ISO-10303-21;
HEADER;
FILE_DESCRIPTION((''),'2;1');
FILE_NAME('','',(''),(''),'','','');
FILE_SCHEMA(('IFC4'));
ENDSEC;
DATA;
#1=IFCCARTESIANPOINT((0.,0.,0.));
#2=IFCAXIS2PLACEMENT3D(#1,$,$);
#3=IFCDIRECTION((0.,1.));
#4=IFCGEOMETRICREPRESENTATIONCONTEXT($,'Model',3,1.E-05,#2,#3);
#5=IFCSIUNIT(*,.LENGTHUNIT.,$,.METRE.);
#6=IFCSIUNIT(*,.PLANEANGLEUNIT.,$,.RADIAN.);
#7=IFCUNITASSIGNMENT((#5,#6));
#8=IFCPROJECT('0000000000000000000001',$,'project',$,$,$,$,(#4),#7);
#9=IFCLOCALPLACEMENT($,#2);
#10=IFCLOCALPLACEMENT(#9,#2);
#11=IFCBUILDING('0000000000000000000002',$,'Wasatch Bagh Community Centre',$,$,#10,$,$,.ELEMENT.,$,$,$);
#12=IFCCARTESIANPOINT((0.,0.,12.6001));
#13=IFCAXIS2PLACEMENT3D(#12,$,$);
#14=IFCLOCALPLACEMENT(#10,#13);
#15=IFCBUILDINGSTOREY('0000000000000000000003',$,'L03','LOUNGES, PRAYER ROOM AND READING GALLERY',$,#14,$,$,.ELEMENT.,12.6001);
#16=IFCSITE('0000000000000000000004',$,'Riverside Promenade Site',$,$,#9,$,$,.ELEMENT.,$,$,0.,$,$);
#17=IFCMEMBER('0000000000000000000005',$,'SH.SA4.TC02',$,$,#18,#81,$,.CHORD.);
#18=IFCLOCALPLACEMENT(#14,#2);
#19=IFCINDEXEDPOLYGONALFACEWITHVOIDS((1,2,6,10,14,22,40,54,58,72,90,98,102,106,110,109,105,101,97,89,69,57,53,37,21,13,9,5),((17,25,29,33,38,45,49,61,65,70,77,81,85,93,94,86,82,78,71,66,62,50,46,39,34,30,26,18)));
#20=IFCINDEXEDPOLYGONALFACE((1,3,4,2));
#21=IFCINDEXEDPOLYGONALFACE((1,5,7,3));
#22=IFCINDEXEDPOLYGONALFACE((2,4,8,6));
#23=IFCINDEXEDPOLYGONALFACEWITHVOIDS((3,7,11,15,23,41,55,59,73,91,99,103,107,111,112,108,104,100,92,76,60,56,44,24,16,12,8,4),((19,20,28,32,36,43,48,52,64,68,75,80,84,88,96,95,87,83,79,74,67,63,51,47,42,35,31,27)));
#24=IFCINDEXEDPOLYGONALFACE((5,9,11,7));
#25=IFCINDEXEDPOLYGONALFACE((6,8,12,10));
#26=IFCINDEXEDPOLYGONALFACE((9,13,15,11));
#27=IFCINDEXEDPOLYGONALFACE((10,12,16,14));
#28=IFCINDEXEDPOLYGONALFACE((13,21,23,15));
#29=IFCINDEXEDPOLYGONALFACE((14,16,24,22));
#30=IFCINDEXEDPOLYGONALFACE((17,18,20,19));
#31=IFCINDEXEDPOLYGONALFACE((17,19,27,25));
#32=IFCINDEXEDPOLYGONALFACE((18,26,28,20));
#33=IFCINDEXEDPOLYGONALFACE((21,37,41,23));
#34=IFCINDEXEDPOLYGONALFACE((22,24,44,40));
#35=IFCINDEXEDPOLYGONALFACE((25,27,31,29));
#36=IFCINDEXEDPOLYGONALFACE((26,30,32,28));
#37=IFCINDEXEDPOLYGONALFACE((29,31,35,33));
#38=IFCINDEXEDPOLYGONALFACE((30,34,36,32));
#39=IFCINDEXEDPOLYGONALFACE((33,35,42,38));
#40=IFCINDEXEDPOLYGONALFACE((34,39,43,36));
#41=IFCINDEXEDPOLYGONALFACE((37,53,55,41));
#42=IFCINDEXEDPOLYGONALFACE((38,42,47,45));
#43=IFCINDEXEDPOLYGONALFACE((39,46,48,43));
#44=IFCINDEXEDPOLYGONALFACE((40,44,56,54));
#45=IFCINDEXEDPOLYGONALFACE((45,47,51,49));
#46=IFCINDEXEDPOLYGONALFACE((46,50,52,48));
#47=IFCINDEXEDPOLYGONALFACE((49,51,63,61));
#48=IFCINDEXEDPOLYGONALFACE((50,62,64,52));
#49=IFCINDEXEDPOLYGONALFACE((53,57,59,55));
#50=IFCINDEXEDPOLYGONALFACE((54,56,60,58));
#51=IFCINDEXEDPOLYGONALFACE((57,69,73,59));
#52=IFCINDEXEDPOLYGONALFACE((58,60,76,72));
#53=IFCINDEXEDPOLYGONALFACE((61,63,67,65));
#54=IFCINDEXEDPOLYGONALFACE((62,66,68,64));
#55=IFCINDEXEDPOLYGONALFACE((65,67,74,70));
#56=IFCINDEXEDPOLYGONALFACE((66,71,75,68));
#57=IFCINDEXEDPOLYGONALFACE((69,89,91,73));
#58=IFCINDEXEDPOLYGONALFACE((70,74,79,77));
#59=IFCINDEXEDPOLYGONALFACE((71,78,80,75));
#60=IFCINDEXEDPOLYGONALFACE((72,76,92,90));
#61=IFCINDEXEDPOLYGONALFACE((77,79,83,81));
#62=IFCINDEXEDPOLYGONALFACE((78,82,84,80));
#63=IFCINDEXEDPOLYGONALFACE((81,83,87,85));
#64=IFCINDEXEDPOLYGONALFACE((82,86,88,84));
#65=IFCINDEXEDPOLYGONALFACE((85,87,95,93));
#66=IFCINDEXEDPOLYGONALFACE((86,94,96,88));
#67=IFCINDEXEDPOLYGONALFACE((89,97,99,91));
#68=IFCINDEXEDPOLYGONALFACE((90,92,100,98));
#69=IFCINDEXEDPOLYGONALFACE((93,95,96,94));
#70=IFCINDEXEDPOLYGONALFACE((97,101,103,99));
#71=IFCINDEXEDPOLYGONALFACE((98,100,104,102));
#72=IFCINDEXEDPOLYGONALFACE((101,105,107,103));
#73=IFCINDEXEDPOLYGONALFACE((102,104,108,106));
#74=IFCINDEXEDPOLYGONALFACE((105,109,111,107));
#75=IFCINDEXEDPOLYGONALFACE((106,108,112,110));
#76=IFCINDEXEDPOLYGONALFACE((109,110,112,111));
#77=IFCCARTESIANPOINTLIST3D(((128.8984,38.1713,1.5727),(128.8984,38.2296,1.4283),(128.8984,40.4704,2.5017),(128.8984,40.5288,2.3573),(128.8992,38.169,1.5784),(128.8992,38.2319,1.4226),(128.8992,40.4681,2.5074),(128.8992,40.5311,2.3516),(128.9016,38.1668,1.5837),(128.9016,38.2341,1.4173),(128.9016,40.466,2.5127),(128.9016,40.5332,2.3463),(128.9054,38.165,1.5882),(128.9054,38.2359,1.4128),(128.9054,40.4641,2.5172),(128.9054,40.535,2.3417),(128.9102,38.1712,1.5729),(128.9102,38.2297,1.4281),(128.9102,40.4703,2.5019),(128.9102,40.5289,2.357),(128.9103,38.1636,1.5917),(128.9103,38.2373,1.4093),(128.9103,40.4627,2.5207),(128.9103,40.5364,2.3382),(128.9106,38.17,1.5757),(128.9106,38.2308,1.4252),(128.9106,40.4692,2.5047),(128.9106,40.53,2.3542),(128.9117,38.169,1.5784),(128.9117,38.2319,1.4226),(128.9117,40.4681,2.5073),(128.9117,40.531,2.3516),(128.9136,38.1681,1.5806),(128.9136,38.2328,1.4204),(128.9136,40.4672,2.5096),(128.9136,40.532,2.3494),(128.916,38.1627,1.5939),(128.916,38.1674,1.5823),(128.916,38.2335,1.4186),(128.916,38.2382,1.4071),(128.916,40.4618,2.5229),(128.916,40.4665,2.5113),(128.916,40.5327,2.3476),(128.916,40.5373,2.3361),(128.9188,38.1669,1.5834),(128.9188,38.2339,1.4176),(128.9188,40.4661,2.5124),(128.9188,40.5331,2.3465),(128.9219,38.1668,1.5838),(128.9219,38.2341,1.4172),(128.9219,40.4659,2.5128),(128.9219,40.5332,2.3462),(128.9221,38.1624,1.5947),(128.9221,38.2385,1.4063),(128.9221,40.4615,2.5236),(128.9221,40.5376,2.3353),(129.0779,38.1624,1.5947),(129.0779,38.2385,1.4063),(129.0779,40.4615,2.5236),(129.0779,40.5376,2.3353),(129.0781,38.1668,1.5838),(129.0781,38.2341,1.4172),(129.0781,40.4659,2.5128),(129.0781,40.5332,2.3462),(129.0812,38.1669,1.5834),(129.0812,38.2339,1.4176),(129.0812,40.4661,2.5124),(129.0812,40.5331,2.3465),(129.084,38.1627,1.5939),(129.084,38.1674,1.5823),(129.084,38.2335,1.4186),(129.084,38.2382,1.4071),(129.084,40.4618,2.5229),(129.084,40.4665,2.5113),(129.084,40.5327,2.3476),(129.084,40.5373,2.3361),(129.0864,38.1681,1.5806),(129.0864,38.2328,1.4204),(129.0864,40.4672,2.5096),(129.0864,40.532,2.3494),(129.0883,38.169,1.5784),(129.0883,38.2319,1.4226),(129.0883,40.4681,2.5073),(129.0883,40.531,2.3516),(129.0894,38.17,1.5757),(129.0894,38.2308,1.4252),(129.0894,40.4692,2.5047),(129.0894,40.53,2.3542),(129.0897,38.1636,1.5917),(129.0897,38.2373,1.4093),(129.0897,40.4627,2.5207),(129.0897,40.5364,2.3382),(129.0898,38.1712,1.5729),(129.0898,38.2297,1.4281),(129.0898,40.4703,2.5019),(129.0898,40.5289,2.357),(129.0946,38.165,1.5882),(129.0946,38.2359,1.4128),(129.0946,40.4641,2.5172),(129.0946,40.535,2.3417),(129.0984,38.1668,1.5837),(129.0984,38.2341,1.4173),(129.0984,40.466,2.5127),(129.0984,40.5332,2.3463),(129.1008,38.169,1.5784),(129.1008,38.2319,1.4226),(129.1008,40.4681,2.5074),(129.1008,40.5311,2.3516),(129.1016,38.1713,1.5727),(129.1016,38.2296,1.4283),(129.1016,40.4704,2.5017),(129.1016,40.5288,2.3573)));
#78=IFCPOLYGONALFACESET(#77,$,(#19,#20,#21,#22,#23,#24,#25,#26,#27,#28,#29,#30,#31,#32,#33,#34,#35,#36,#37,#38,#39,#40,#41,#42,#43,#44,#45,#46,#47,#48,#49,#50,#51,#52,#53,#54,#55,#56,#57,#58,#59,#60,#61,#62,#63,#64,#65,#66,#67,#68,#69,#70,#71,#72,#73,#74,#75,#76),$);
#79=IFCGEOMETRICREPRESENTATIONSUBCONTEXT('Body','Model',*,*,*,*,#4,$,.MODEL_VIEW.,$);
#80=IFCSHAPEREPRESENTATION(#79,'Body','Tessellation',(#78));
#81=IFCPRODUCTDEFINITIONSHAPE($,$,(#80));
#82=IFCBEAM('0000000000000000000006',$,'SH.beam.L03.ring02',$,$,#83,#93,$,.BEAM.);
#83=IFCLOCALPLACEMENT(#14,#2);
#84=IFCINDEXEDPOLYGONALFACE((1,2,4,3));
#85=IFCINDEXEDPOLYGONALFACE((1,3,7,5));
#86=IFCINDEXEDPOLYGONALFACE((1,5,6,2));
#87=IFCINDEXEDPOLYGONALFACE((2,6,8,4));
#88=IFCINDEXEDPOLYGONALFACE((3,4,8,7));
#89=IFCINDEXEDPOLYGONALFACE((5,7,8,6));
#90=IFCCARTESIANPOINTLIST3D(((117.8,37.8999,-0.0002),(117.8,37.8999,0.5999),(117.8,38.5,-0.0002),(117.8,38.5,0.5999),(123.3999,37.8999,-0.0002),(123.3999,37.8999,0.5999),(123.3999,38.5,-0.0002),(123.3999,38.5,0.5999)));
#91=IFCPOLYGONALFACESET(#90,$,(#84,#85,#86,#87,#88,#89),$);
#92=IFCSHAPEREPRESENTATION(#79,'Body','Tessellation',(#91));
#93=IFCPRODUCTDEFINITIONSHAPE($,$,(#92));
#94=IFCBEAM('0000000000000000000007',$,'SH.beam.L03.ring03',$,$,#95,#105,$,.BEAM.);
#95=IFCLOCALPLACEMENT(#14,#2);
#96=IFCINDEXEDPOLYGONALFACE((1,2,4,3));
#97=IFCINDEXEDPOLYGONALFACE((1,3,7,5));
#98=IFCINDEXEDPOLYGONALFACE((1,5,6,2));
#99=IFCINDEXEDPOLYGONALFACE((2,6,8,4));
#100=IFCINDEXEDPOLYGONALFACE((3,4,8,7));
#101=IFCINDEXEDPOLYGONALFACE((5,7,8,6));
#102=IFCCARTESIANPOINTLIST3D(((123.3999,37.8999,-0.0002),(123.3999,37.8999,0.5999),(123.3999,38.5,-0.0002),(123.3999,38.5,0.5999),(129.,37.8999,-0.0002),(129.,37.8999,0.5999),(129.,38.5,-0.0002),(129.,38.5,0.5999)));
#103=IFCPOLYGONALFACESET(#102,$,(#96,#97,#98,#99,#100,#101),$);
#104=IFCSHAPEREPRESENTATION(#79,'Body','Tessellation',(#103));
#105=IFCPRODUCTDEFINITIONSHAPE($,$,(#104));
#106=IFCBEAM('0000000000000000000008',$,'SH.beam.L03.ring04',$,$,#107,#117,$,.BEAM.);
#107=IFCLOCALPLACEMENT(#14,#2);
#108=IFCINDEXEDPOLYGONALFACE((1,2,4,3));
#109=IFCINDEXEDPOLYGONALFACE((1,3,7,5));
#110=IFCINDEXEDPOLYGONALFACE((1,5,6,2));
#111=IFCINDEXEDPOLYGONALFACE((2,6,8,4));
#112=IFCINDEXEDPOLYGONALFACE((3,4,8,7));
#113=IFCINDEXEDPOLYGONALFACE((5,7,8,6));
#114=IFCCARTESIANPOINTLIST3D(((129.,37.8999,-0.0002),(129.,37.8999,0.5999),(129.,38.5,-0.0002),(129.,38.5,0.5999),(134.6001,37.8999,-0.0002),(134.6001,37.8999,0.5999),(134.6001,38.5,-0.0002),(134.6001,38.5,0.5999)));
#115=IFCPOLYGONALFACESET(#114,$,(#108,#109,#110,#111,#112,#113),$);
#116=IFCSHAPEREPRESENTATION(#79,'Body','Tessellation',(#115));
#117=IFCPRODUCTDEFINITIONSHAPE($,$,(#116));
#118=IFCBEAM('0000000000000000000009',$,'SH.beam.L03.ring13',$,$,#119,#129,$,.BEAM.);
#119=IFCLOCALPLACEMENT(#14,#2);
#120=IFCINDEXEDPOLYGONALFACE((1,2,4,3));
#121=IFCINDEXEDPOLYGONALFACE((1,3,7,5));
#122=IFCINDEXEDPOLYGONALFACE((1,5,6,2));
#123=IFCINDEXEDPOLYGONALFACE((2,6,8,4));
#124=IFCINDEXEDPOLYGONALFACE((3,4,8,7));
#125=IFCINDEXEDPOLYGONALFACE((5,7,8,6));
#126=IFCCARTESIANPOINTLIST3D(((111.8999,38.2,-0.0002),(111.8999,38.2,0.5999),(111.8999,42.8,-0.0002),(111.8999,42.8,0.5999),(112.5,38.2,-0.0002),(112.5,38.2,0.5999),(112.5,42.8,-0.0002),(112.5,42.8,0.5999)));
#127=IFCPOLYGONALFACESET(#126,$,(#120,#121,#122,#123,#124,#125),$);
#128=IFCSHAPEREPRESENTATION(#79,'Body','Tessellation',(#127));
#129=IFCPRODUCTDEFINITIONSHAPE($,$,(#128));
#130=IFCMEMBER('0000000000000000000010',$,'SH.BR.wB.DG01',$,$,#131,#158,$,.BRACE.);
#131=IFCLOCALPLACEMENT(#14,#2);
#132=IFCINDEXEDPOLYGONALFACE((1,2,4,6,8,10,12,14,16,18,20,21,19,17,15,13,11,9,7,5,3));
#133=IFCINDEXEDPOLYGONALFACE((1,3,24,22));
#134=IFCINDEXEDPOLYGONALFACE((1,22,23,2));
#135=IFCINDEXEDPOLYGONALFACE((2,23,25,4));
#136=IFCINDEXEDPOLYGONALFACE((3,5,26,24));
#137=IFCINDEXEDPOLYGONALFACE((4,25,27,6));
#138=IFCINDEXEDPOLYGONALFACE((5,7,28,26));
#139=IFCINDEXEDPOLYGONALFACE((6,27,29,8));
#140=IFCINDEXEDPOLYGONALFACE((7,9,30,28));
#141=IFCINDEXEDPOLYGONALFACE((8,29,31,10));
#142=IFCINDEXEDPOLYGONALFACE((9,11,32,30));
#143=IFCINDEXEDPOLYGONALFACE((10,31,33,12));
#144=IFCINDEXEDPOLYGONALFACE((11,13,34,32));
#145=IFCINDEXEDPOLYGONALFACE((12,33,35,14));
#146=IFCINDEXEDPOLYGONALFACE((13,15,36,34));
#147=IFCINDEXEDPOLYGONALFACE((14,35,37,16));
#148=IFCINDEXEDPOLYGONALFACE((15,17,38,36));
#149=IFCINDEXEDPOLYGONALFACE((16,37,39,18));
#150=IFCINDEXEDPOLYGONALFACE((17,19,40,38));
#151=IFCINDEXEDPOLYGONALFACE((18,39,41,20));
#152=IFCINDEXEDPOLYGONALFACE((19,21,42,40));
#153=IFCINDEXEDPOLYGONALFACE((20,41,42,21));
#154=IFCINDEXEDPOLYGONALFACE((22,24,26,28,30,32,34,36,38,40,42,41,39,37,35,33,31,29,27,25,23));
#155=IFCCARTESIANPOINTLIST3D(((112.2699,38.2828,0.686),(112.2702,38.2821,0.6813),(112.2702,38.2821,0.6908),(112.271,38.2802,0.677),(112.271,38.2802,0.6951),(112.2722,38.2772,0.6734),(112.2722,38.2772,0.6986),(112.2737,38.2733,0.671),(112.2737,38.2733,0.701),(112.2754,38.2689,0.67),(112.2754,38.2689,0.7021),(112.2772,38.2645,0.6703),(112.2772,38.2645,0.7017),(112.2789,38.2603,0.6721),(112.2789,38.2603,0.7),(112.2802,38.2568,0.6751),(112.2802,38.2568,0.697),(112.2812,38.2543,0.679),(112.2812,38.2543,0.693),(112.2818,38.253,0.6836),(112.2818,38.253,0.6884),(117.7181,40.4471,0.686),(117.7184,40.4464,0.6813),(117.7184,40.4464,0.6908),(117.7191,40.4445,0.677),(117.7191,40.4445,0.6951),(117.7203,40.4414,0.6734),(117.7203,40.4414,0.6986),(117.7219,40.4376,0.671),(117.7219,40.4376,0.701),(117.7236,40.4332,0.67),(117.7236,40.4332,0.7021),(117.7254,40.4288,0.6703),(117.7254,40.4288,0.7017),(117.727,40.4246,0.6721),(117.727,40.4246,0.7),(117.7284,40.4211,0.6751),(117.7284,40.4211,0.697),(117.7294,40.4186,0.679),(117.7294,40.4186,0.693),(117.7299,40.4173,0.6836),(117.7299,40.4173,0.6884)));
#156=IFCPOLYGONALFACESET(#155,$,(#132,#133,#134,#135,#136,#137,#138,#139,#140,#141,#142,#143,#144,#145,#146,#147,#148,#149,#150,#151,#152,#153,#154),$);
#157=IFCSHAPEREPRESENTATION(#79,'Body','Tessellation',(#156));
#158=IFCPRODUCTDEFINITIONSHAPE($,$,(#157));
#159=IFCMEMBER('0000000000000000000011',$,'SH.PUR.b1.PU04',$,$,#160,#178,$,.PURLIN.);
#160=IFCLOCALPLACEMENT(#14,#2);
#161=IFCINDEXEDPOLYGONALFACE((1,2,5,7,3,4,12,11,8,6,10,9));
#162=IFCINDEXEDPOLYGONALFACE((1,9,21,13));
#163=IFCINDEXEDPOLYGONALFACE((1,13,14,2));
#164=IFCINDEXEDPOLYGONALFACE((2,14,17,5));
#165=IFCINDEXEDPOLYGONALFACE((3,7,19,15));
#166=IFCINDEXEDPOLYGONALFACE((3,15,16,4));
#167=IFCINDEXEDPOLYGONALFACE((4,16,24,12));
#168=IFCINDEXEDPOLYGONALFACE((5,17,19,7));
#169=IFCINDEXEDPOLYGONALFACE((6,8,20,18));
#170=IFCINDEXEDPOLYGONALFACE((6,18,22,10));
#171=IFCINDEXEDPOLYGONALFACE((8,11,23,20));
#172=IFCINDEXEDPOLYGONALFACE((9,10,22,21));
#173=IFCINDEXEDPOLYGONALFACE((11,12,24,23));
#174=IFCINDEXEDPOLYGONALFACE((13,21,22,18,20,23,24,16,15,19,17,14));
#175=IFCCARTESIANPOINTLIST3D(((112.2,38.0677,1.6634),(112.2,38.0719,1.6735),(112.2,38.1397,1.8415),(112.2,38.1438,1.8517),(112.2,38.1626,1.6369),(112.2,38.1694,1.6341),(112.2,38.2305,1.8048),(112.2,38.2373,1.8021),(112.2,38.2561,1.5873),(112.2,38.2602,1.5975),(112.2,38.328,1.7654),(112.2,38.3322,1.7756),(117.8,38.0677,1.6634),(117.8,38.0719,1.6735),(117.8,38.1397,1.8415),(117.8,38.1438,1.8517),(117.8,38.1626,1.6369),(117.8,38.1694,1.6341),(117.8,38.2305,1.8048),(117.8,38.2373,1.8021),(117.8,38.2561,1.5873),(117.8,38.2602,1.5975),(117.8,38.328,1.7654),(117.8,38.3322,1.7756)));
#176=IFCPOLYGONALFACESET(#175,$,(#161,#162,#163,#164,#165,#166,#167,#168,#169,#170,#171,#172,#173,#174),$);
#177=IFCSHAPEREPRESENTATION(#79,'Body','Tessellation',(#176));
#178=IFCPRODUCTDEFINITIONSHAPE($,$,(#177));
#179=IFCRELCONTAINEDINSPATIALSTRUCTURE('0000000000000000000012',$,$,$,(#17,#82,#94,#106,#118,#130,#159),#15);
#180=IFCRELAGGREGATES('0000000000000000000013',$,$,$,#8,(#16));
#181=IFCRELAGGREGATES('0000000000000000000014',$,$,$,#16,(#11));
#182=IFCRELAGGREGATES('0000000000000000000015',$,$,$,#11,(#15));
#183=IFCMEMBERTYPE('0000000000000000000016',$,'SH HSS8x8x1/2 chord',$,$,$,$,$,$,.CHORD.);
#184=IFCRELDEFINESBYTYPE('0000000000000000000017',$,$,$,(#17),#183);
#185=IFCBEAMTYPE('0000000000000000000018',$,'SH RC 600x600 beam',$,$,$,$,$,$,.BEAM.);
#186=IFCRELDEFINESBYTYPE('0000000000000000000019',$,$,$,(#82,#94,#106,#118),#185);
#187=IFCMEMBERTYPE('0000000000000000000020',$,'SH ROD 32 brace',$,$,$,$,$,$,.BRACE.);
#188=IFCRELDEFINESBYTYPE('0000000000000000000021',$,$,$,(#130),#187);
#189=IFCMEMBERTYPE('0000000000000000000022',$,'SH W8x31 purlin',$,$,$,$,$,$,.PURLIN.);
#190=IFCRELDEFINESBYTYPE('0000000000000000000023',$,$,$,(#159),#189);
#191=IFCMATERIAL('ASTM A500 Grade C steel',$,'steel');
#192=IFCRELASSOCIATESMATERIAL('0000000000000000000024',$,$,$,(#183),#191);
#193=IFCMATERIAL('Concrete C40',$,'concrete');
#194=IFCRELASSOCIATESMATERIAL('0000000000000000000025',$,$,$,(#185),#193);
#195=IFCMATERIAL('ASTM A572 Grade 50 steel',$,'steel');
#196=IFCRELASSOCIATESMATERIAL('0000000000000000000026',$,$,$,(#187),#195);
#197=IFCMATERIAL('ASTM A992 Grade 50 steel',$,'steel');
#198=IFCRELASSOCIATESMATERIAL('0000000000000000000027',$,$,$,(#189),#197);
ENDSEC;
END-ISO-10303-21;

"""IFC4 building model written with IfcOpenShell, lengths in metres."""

from ifc_helpers import new_model, si_unit, direction, frame, origin, origin_2d, place, context, subcontext, project, spatial, rectangle, hollow_rectangle, circle, i_section, extrude, material, material_profile, profile_set, type_object, element, save


model = new_model("IFC4")

# Units and contexts
model_context = context("Model", 3, precision=1e-05, world=origin(), true_north=direction((0.0, 1.0)))
body_context = subcontext(model_context, "Body", "Model", "MODEL_VIEW")
ifc_project = project(units=[si_unit("LENGTHUNIT", "METRE"), si_unit("PLANEANGLEUNIT", "RADIAN")], contexts=[model_context])

# Site, building, storey
site_placement = place(None, origin())
site = spatial("IfcSite", under=ifc_project, at=site_placement, Name="Riverside Promenade Site", CompositionType="ELEMENT", RefElevation=0.0)
building_placement = place(site_placement, origin())
building = spatial("IfcBuilding", under=site, at=building_placement, Name="Wasatch Bagh Community Centre", CompositionType="ELEMENT")
storey_placement = place(building_placement, frame((0.0, 0.0, 12.6001)))
storey = spatial("IfcBuildingStorey", under=building, at=storey_placement, Name="L03", Description="LOUNGES, PRAYER ROOM AND READING GALLERY", CompositionType="ELEMENT", Elevation=12.6001)

# Member
ifc_material_1 = material(Name="ASTM A500 Grade C steel", Category="steel")
ifc_material_profile_1 = material_profile(ifc_material_1, hollow_rectangle(XDim=0.2031, YDim=0.2031, WallThickness=0.0117, InnerFilletRadius=0.0117, OuterFilletRadius=0.0237, at=origin_2d()), Name="HSS8x8x1/2")
ifc_profile_set_1 = profile_set([ifc_material_profile_1], Name="ASTM A500 Grade C steel")
member_type_1 = type_object("IfcMemberType", Name="SH HSS8x8x1/2 chord", PredefinedType="CHORD", material=ifc_profile_set_1)
for number, where, z_axis, x_axis, name in (
    (1, (129.0, 38.2004, 1.5005), (0.0, 0.927174, 0.374631), (-1.0, 0.0, 0.0), "SH.SA4.TC02"),
):
    element("IfcMember", number, at=place(storey_placement, frame(where, z_axis=z_axis, x_axis=x_axis)), inside=storey, type_object=member_type_1, Name=name, PredefinedType="CHORD", context=body_context, shape_type="SweptSolid", body=[
        extrude(hollow_rectangle(XDim=0.2031, YDim=0.2031, WallThickness=0.0117, InnerFilletRadius=0.0117, OuterFilletRadius=0.0237, at=origin_2d()), origin(), (0.0, 0.0, 1.0), 2.4797),
    ])

# Beams
ifc_material_2 = material(Name="Concrete C40", Category="concrete")
ifc_material_profile_2 = material_profile(ifc_material_2, rectangle(XDim=0.6001, YDim=0.6001, at=origin_2d()), Name="RC 600x600")
ifc_profile_set_2 = profile_set([ifc_material_profile_2], Name="Concrete C40")
beam_type = type_object("IfcBeamType", Name="SH RC 600x600 beam", PredefinedType="BEAM", material=ifc_profile_set_2)
beam_1_placement = place(storey_placement, frame((117.8, 38.2, 0.2998), z_axis=(1.0, 0.0, 0.0), x_axis=(0.0, 1.0, 0.0)))
element("IfcBeam", 2, at=beam_1_placement, inside=storey, type_object=beam_type, Name="SH.beam.L03.ring02", PredefinedType="BEAM", context=body_context, shape_type="SweptSolid", body=[
    extrude(rectangle(XDim=0.6001, YDim=0.6001, at=origin_2d()), origin(), (0.0, 0.0, 1.0), 5.5999),
])
for number, where, z_axis, x_axis, name in (
    (3, (123.3999, 38.2, 0.2998), (1.0, 0.0, 0.0), (0.0, 1.0, 0.0), "SH.beam.L03.ring03"),
    (4, (129.0, 38.2, 0.2998), (1.0, 0.0, 0.0), (0.0, 1.0, 0.0), "SH.beam.L03.ring04"),
):
    element("IfcBeam", number, at=place(storey_placement, frame(where, z_axis=z_axis, x_axis=x_axis)), inside=storey, type_object=beam_type, Name=name, PredefinedType="BEAM", context=body_context, shape_type="SweptSolid", body=[
        extrude(rectangle(XDim=0.6001, YDim=0.6001, at=origin_2d()), origin(), (0.0, 0.0, 1.0), 5.6001),
    ])
beam_2_placement = place(storey_placement, frame((112.2, 38.2, 0.2998), z_axis=(0.0, 1.0, 0.0), x_axis=(-1.0, 0.0, 0.0)))
element("IfcBeam", 5, at=beam_2_placement, inside=storey, type_object=beam_type, Name="SH.beam.L03.ring13", PredefinedType="BEAM", context=body_context, shape_type="SweptSolid", body=[
    extrude(rectangle(XDim=0.6001, YDim=0.6001, at=origin_2d()), origin(), (0.0, 0.0, 1.0), 4.6001),
])

# Members
ifc_material_3 = material(Name="ASTM A572 Grade 50 steel", Category="steel")
ifc_material_profile_3 = material_profile(ifc_material_3, circle(Radius=0.0161, at=origin_2d()), Name="ROD 32")
ifc_profile_set_3 = profile_set([ifc_material_profile_3], Name="ASTM A572 Grade 50 steel")
member_type_2 = type_object("IfcMemberType", Name="SH ROD 32 brace", PredefinedType="BRACE", material=ifc_profile_set_3)
member_1_placement = place(storey_placement, frame((112.2759, 38.2678, 0.686), z_axis=(0.929356, 0.369185, 0.0), x_axis=(-0.369185, 0.929356, 0.0)))
element("IfcMember", 6, at=member_1_placement, inside=storey, type_object=member_type_2, Name="SH.BR.wB.DG01", PredefinedType="BRACE", context=body_context, shape_type="SweptSolid", body=[
    extrude(circle(Radius=0.0161, at=origin_2d()), origin(), (0.0, 0.0, 1.0), 5.8623),
])
ifc_material_4 = material(Name="ASTM A992 Grade 50 steel", Category="steel")
ifc_material_profile_4 = material_profile(ifc_material_4, i_section(OverallWidth=0.2031, OverallDepth=0.2031, WebThickness=0.0073, FlangeThickness=0.011, at=origin_2d()), Name="W8x31")
ifc_profile_set_4 = profile_set([ifc_material_profile_4], Name="ASTM A992 Grade 50 steel")
member_type_3 = type_object("IfcMemberType", Name="SH W8x31 purlin", PredefinedType="PURLIN", material=ifc_profile_set_4)
member_2_placement = place(storey_placement, frame((112.2, 38.2, 1.7195), z_axis=(1.0, 0.0, 0.0), x_axis=(0.0, 0.927184, -0.374607)))
element("IfcMember", 7, at=member_2_placement, inside=storey, type_object=member_type_3, Name="SH.PUR.b1.PU04", PredefinedType="PURLIN", context=body_context, shape_type="SweptSolid", body=[
    extrude(i_section(OverallWidth=0.2031, OverallDepth=0.2031, WebThickness=0.0073, FlangeThickness=0.011, at=origin_2d()), origin(), (0.0, 0.0, 1.0), 5.6001),
])

save(model, "model.ifc")
